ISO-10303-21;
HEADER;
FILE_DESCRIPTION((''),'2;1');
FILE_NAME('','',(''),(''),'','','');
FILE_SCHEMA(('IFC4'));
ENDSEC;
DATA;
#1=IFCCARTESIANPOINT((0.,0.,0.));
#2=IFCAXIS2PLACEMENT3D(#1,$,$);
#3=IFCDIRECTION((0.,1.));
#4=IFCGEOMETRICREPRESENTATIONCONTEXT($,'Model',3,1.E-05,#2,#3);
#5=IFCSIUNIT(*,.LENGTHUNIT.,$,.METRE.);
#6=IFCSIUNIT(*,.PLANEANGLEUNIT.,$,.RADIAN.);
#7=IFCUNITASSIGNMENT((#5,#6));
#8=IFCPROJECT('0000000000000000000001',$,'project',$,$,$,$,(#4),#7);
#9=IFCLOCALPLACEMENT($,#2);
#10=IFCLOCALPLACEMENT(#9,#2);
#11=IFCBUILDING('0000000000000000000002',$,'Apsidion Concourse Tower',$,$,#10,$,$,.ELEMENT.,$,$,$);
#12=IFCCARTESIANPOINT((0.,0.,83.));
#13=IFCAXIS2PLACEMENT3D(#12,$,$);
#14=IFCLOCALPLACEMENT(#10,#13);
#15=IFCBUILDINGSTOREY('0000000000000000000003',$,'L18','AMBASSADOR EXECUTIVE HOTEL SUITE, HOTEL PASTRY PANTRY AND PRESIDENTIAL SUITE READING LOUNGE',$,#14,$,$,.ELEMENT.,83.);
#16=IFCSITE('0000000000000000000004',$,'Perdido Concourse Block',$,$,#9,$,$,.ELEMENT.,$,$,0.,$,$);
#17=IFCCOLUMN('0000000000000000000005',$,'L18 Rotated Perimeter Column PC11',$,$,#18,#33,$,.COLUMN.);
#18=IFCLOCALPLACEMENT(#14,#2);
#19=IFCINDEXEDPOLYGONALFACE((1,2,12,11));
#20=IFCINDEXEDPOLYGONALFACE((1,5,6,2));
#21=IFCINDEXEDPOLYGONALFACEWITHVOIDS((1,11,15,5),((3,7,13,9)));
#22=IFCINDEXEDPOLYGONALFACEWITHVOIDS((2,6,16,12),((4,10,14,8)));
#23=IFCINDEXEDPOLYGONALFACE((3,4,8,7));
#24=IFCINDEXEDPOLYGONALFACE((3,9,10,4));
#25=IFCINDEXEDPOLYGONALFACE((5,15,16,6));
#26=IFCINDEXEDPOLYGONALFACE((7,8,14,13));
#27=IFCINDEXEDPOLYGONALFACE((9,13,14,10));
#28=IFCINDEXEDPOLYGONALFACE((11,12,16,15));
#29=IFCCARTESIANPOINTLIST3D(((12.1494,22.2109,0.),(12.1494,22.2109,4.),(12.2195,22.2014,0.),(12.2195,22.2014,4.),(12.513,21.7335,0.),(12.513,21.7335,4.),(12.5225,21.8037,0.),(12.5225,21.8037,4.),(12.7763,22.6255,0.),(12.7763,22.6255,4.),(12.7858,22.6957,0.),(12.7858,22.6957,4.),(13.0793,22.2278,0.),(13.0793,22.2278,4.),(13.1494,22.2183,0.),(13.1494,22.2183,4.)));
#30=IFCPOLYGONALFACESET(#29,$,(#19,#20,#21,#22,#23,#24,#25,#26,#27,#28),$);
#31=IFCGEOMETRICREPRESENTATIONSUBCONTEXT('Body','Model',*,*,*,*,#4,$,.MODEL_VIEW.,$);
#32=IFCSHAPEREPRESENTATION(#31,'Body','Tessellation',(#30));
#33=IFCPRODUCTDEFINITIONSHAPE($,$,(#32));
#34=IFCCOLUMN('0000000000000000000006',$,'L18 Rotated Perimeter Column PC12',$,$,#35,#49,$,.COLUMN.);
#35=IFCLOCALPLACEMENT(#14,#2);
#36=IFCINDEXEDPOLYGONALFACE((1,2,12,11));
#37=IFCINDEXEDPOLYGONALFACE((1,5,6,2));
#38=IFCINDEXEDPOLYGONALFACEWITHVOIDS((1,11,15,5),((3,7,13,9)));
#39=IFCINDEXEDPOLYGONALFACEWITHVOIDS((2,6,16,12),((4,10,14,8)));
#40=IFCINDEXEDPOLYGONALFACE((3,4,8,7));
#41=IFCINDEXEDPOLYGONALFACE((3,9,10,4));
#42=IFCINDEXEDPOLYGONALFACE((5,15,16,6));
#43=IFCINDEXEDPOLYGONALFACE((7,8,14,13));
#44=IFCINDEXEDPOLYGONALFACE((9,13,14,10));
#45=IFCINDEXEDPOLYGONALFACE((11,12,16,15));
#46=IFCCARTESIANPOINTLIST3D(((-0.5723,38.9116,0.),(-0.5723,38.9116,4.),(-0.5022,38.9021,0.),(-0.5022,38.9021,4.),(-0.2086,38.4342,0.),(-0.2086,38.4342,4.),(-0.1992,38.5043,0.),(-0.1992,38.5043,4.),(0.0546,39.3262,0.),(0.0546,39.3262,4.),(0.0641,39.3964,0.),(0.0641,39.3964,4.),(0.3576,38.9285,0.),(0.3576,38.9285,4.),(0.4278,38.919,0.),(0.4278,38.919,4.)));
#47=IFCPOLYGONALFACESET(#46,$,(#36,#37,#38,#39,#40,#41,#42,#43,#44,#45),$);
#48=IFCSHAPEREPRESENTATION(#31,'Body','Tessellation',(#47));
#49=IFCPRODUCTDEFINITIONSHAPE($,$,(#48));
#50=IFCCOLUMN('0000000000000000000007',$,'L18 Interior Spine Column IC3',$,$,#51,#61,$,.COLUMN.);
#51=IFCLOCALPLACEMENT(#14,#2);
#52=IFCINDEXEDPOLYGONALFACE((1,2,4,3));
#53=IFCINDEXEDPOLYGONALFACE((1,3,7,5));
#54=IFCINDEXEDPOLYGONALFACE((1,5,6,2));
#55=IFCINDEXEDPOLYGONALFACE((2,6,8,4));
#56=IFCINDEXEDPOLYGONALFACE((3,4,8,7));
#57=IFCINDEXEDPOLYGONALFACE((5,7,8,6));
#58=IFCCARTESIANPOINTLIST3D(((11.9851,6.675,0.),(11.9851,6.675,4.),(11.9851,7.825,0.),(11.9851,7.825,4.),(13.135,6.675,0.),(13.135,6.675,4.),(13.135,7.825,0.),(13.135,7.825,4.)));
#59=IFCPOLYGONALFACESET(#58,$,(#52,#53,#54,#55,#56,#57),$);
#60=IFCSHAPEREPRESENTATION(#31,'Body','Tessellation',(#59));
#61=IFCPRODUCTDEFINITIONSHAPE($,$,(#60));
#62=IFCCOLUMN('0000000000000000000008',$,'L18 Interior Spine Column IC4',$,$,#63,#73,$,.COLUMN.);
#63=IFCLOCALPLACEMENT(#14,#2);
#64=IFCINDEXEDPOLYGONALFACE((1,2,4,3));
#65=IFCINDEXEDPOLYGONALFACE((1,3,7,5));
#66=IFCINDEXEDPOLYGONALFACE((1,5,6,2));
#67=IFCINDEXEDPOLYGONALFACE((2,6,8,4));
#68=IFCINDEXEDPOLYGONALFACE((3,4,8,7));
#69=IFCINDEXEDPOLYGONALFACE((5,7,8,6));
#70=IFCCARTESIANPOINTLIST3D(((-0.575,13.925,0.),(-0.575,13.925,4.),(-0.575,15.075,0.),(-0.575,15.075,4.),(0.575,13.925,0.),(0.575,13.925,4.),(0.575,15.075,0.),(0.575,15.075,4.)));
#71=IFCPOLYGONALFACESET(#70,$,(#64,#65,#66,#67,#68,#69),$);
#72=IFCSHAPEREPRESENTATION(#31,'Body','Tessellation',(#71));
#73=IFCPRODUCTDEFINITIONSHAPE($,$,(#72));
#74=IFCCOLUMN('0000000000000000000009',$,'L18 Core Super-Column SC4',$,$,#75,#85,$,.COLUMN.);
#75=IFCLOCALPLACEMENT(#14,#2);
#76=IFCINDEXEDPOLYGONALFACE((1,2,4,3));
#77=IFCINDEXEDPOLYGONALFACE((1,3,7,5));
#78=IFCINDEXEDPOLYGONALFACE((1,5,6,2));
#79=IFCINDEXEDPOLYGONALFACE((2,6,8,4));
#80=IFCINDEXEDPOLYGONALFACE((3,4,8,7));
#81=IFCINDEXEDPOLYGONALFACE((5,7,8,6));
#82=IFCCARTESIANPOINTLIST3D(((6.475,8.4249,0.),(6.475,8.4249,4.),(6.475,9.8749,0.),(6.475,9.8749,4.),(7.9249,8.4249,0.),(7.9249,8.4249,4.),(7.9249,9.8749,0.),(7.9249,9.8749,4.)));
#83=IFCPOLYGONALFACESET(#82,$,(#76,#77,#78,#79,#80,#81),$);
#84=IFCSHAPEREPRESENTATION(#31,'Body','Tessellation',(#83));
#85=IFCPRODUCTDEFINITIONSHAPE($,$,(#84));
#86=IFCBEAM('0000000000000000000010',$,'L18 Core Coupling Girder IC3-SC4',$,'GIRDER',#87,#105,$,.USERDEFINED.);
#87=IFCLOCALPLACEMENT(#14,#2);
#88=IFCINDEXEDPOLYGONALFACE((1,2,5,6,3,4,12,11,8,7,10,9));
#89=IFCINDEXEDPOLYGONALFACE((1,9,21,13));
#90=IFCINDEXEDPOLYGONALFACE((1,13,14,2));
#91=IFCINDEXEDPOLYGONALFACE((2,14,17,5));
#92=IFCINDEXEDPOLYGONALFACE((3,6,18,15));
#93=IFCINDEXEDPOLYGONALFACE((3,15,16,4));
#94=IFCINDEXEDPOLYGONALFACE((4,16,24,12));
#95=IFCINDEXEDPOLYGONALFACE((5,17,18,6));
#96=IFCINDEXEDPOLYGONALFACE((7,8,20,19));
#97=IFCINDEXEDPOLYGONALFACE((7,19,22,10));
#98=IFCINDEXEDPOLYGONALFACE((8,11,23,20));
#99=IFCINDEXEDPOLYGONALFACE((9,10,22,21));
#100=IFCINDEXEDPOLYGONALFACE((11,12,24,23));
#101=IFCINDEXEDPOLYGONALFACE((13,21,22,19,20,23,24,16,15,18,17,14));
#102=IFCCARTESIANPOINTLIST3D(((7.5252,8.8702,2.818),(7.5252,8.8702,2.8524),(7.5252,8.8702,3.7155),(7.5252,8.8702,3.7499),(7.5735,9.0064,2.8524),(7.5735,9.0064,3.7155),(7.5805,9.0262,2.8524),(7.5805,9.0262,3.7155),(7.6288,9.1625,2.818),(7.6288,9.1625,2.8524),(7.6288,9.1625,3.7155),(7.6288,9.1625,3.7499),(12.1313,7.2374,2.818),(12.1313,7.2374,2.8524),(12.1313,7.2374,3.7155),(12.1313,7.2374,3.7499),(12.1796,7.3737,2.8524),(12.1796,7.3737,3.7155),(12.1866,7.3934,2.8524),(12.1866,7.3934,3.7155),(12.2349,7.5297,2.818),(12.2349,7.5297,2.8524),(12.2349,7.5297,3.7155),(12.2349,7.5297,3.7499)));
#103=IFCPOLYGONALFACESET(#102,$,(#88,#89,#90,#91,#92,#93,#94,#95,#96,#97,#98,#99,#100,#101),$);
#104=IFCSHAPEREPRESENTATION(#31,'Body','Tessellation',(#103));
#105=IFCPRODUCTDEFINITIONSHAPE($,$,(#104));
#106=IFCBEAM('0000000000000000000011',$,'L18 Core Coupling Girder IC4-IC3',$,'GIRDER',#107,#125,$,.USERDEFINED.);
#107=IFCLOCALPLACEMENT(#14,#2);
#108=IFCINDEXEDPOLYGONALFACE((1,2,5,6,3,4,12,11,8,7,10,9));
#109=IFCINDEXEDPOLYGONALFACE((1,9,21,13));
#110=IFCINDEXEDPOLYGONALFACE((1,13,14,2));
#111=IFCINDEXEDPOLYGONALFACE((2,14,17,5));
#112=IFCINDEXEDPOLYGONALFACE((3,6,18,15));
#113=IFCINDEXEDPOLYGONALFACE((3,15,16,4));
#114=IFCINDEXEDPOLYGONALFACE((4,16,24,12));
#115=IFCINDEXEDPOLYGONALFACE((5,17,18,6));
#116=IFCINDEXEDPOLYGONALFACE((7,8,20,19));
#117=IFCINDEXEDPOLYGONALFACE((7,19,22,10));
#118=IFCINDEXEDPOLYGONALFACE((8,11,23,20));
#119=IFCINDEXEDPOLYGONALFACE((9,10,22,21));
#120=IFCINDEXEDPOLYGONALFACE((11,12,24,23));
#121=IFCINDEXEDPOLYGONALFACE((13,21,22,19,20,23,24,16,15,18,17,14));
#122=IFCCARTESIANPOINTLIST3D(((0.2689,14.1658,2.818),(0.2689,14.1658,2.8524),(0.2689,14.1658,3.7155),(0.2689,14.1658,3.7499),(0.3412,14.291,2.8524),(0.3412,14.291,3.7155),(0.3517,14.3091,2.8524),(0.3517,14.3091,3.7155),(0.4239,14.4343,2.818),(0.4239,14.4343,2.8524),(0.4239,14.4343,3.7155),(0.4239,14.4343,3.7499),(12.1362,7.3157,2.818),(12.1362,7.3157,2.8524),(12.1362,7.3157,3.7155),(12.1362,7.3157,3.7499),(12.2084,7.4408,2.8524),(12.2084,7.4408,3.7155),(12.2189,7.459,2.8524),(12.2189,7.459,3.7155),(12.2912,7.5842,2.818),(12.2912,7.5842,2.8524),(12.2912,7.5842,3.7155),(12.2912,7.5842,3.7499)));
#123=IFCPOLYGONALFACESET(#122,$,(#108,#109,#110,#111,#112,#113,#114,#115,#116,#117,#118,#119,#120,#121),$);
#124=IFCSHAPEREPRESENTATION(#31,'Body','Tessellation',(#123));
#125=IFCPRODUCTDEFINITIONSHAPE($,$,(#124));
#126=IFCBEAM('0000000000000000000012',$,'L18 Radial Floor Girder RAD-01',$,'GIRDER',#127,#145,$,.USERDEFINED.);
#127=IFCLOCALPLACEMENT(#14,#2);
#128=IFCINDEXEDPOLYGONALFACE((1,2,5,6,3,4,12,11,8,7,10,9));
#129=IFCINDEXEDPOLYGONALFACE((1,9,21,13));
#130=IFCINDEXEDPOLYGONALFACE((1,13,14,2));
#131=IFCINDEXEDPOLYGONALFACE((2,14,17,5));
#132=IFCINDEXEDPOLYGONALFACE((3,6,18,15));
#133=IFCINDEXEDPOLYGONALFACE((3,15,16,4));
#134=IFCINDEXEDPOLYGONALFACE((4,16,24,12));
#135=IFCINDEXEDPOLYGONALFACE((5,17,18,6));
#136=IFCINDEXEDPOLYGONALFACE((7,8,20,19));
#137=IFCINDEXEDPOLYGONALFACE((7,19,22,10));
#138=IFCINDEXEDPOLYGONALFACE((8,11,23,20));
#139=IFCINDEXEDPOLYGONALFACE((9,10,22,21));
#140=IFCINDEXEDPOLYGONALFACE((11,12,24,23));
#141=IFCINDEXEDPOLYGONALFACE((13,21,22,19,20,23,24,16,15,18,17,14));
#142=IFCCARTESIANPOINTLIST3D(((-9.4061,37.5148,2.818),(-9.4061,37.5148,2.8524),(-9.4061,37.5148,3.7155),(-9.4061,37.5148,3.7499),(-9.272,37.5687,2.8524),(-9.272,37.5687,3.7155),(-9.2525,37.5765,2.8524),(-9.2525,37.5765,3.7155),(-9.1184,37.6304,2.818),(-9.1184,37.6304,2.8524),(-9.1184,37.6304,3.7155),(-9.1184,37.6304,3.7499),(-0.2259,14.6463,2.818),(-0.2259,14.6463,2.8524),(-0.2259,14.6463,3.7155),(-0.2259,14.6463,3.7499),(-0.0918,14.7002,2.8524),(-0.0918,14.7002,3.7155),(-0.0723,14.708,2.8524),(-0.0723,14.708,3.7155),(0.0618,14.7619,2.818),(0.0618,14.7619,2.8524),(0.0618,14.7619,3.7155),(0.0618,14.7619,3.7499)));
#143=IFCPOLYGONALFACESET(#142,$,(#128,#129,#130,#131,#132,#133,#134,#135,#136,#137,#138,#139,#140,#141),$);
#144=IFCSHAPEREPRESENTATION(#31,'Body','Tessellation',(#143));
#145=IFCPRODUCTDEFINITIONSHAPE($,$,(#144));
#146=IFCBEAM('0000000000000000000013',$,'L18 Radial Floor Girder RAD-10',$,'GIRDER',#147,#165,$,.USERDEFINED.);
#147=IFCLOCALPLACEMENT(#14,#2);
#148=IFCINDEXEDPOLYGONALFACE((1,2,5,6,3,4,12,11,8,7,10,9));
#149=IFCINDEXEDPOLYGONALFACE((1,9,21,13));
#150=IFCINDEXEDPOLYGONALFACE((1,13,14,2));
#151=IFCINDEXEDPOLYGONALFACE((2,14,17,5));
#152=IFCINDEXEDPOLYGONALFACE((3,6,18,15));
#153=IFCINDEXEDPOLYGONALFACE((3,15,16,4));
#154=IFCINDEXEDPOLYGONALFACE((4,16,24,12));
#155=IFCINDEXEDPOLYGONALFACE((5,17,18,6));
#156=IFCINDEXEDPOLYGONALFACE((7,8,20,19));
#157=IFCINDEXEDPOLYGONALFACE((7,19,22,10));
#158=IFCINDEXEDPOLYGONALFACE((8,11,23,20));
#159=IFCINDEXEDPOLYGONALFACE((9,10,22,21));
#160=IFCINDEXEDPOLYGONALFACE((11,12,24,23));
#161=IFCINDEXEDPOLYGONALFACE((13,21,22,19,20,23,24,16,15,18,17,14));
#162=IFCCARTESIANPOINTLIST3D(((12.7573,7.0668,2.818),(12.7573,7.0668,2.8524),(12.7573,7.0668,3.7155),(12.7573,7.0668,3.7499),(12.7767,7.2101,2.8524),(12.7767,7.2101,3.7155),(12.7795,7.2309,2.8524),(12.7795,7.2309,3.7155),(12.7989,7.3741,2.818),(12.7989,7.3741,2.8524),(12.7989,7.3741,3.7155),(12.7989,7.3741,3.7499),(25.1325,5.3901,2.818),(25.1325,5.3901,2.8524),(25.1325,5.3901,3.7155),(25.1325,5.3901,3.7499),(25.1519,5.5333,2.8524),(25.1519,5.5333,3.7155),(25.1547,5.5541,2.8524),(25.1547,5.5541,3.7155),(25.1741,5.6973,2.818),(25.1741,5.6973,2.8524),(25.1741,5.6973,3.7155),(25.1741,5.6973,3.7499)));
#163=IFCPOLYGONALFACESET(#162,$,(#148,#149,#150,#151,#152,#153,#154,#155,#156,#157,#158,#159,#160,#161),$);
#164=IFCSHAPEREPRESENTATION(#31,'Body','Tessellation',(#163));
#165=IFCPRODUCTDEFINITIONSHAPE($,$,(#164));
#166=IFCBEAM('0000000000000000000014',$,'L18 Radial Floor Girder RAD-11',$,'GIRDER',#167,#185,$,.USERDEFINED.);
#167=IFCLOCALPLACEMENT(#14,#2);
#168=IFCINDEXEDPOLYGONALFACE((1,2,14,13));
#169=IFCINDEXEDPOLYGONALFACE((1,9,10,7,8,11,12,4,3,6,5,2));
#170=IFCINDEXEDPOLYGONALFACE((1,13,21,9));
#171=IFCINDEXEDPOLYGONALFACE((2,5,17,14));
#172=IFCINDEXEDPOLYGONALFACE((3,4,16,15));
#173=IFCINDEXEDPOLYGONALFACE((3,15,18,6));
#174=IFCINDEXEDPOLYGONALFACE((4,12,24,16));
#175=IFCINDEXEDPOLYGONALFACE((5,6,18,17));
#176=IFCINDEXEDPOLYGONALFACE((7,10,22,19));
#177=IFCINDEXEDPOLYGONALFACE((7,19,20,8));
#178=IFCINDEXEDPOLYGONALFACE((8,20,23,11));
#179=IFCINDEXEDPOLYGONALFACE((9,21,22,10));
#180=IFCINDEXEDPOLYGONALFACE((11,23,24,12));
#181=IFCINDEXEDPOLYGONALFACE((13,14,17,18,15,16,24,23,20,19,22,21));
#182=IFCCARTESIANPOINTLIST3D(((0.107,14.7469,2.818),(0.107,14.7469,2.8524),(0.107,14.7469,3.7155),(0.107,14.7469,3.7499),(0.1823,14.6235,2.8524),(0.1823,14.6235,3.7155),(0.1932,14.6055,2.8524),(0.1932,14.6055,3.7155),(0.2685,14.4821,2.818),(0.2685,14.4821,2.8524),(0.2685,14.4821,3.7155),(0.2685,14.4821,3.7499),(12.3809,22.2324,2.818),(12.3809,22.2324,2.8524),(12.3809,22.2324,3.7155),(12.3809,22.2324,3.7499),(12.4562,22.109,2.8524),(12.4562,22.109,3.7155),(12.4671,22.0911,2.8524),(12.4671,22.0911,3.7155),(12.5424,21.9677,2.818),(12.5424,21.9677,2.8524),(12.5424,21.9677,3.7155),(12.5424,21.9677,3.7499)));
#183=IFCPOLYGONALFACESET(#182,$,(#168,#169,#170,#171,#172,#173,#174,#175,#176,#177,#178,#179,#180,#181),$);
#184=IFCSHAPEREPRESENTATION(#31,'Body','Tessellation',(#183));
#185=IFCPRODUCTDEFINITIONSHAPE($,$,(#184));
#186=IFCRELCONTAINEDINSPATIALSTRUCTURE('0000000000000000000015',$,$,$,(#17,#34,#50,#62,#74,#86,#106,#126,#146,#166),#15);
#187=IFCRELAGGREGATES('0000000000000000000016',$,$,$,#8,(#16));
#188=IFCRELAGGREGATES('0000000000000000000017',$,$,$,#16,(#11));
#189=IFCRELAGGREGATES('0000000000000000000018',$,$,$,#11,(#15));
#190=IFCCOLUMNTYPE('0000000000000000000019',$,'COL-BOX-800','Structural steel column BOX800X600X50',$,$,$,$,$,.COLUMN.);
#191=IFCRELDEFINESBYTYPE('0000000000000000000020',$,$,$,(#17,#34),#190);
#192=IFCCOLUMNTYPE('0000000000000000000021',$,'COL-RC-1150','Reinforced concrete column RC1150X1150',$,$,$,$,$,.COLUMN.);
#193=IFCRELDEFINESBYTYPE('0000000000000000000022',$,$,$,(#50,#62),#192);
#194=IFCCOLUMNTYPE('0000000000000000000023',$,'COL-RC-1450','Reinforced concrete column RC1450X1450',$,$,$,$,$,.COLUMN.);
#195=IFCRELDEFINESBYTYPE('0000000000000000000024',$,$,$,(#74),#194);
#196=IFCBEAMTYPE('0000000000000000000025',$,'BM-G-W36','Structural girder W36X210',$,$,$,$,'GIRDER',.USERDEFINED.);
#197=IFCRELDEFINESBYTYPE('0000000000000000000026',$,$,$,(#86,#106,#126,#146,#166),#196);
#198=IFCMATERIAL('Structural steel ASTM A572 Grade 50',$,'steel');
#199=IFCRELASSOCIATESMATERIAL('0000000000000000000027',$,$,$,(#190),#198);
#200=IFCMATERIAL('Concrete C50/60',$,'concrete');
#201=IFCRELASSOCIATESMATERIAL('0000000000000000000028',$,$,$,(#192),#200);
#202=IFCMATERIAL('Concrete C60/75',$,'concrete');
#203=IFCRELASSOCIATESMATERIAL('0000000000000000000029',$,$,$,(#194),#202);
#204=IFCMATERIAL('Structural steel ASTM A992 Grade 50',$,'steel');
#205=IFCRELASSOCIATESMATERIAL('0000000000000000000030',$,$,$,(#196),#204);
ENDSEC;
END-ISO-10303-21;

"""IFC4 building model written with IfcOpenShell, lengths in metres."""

from ifc_helpers import new_model, si_unit, direction, frame, origin, origin_2d, place, context, subcontext, project, spatial, rectangle, hollow_rectangle, i_section, extrude, material, material_profile, profile_set, type_object, element, save


model = new_model("IFC4")

# Units and contexts
model_context = context("Model", 3, precision=1e-05, world=origin(), true_north=direction((0.0, 1.0)))
body_context = subcontext(model_context, "Body", "Model", "MODEL_VIEW")
ifc_project = project(units=[si_unit("LENGTHUNIT", "METRE"), si_unit("PLANEANGLEUNIT", "RADIAN")], contexts=[model_context])

# Site, building, storey
site_placement = place(None, origin())
site = spatial("IfcSite", under=ifc_project, at=site_placement, Name="Perdido Concourse Block", CompositionType="ELEMENT", RefElevation=0.0)
building_placement = place(site_placement, origin())
building = spatial("IfcBuilding", under=site, at=building_placement, Name="Apsidion Concourse Tower", CompositionType="ELEMENT")
storey_placement = place(building_placement, frame((0.0, 0.0, 83.0)))
storey = spatial("IfcBuildingStorey", under=building, at=storey_placement, Name="L18", Description="AMBASSADOR EXECUTIVE HOTEL SUITE, HOTEL PASTRY PANTRY AND PRESIDENTIAL SUITE READING LOUNGE", CompositionType="ELEMENT", Elevation=83.0)

# Columns
ifc_material_1 = material(Name="Structural steel ASTM A572 Grade 50", Category="steel")
ifc_material_profile_1 = material_profile(ifc_material_1, hollow_rectangle(XDim=0.6001, YDim=0.8, WallThickness=0.05, at=origin_2d()), Name="BOX800X600X50")
ifc_profile_set_1 = profile_set([ifc_material_profile_1], Name="Structural steel ASTM A572 Grade 50")
column_type_1 = type_object("IfcColumnType", Name="COL-BOX-800", Description="Structural steel column BOX800X600X50", PredefinedType="COLUMN", material=ifc_profile_set_1)
for number, where, z_axis, x_axis, name in (
    (1, (12.6494, 22.2146, 0.0), (0.0, 0.0, 1.0), (-0.605988, 0.795473, 0.0), "L18 Rotated Perimeter Column PC11"),
    (2, (-0.0723, 38.9153, 0.0), (0.0, 0.0, 1.0), (-0.605988, 0.795473, 0.0), "L18 Rotated Perimeter Column PC12"),
):
    element("IfcColumn", number, at=place(storey_placement, frame(where, z_axis=z_axis, x_axis=x_axis)), inside=storey, type_object=column_type_1, Name=name, PredefinedType="COLUMN", context=body_context, shape_type="SweptSolid", body=[
        extrude(hollow_rectangle(XDim=0.6001, YDim=0.8, WallThickness=0.05, at=origin_2d()), origin(), (0.0, 0.0, 1.0), 4.0),
    ])
ifc_material_2 = material(Name="Concrete C50/60", Category="concrete")
ifc_material_profile_2 = material_profile(ifc_material_2, rectangle(XDim=1.1499, YDim=1.1499, at=origin_2d()), Name="RC 1150x1150")
ifc_profile_set_2 = profile_set([ifc_material_profile_2], Name="Concrete C50/60")
column_type_2 = type_object("IfcColumnType", Name="COL-RC-1150", Description="Reinforced concrete column RC1150X1150", PredefinedType="COLUMN", material=ifc_profile_set_2)
for number, where, z_axis, x_axis, name in (
    (3, (12.5601, 7.25, 0.0), (0.0, 0.0, 1.0), (1.0, 0.0, 0.0), "L18 Interior Spine Column IC3"),
    (4, (0.0, 14.5, 0.0), (0.0, 0.0, 1.0), (1.0, 0.0, 0.0), "L18 Interior Spine Column IC4"),
):
    element("IfcColumn", number, at=place(storey_placement, frame(where, z_axis=z_axis, x_axis=x_axis)), inside=storey, type_object=column_type_2, Name=name, PredefinedType="COLUMN", context=body_context, shape_type="SweptSolid", body=[
        extrude(rectangle(XDim=1.1499, YDim=1.1499, at=origin_2d()), origin(), (0.0, 0.0, 1.0), 4.0),
    ])
ifc_material_3 = material(Name="Concrete C60/75", Category="concrete")
ifc_material_profile_3 = material_profile(ifc_material_3, rectangle(XDim=1.45, YDim=1.45, at=origin_2d()), Name="RC 1450x1450")
ifc_profile_set_3 = profile_set([ifc_material_profile_3], Name="Concrete C60/75")
column_type_3 = type_object("IfcColumnType", Name="COL-RC-1450", Description="Reinforced concrete column RC1450X1450", PredefinedType="COLUMN", material=ifc_profile_set_3)
column_placement = place(storey_placement, frame((7.2, 9.1499, 0.0), z_axis=(0.0, 0.0, 1.0), x_axis=(1.0, 0.0, 0.0)))
element("IfcColumn", 5, at=column_placement, inside=storey, type_object=column_type_3, Name="L18 Core Super-Column SC4", PredefinedType="COLUMN", context=body_context, shape_type="SweptSolid", body=[
    extrude(rectangle(XDim=1.45, YDim=1.45, at=origin_2d()), origin(), (0.0, 0.0, 1.0), 4.0),
])

# Beams
ifc_material_4 = material(Name="Structural steel ASTM A992 Grade 50", Category="steel")
ifc_material_profile_4 = material_profile(ifc_material_4, i_section(OverallWidth=0.3101, OverallDepth=0.9319, WebThickness=0.021, FlangeThickness=0.0344, at=origin_2d()), Name="W36X210")
ifc_profile_set_4 = profile_set([ifc_material_profile_4], Name="Structural steel ASTM A992 Grade 50")
beam_type_1 = type_object("IfcBeamType", Name="BM-G-W36", Description="Structural girder W36X210", ElementType="GIRDER", PredefinedType="USERDEFINED", material=ifc_profile_set_4)
beam_1_placement = place(storey_placement, frame((12.1831, 7.3835, 3.2839), z_axis=(-0.942534, 0.334111, 0.0), x_axis=(-0.334111, -0.942534, 0.0)))
element("IfcBeam", 6, at=beam_1_placement, inside=storey, type_object=beam_type_1, Name="L18 Core Coupling Girder IC3-SC4", ObjectType="GIRDER", PredefinedType="USERDEFINED", context=body_context, shape_type="SweptSolid", body=[
    extrude(i_section(OverallWidth=0.3101, OverallDepth=0.9319, WebThickness=0.021, FlangeThickness=0.0344, at=origin_2d()), origin(), (0.0, 0.0, 1.0), 4.887),
])
beam_2_placement = place(storey_placement, frame((0.3464, 14.3, 3.2839), z_axis=(0.86607, -0.499922, 0.0), x_axis=(0.499922, 0.86607, 0.0)))
element("IfcBeam", 7, at=beam_2_placement, inside=storey, type_object=beam_type_1, Name="L18 Core Coupling Girder IC4-IC3", ObjectType="GIRDER", PredefinedType="USERDEFINED", context=body_context, shape_type="SweptSolid", body=[
    extrude(i_section(OverallWidth=0.3101, OverallDepth=0.9319, WebThickness=0.021, FlangeThickness=0.0344, at=origin_2d()), origin(), (0.0, 0.0, 1.0), 13.7024),
])
beam_3_placement = place(storey_placement, frame((-0.082, 14.7041, 3.2839), z_axis=(-0.372538, 0.928017, 0.0), x_axis=(-0.928017, -0.372538, 0.0)))
element("IfcBeam", 8, at=beam_3_placement, inside=storey, type_object=beam_type_1, Name="L18 Radial Floor Girder RAD-01", ObjectType="GIRDER", PredefinedType="USERDEFINED", context=body_context, shape_type="SweptSolid", body=[
    extrude(i_section(OverallWidth=0.3101, OverallDepth=0.9319, WebThickness=0.021, FlangeThickness=0.0344, at=origin_2d()), origin(), (0.0, 0.0, 1.0), 24.6423),
])
beam_4_placement = place(storey_placement, frame((12.7781, 7.2205, 3.2839), z_axis=(0.990945, -0.134266, 0.0), x_axis=(0.134266, 0.990945, 0.0)))
element("IfcBeam", 9, at=beam_4_placement, inside=storey, type_object=beam_type_1, Name="L18 Radial Floor Girder RAD-10", ObjectType="GIRDER", PredefinedType="USERDEFINED", context=body_context, shape_type="SweptSolid", body=[
    extrude(i_section(OverallWidth=0.3101, OverallDepth=0.9319, WebThickness=0.021, FlangeThickness=0.0344, at=origin_2d()), origin(), (0.0, 0.0, 1.0), 12.4883),
])
beam_5_placement = place(storey_placement, frame((0.1877, 14.6145, 3.2839), z_axis=(0.85375, 0.520683, 0.0), x_axis=(-0.520683, 0.85375, 0.0)))
element("IfcBeam", 10, at=beam_5_placement, inside=storey, type_object=beam_type_1, Name="L18 Radial Floor Girder RAD-11", ObjectType="GIRDER", PredefinedType="USERDEFINED", context=body_context, shape_type="SweptSolid", body=[
    extrude(i_section(OverallWidth=0.3101, OverallDepth=0.9319, WebThickness=0.021, FlangeThickness=0.0344, at=origin_2d()), origin(), (0.0, 0.0, 1.0), 14.3765),
])

save(model, "model.ifc")
